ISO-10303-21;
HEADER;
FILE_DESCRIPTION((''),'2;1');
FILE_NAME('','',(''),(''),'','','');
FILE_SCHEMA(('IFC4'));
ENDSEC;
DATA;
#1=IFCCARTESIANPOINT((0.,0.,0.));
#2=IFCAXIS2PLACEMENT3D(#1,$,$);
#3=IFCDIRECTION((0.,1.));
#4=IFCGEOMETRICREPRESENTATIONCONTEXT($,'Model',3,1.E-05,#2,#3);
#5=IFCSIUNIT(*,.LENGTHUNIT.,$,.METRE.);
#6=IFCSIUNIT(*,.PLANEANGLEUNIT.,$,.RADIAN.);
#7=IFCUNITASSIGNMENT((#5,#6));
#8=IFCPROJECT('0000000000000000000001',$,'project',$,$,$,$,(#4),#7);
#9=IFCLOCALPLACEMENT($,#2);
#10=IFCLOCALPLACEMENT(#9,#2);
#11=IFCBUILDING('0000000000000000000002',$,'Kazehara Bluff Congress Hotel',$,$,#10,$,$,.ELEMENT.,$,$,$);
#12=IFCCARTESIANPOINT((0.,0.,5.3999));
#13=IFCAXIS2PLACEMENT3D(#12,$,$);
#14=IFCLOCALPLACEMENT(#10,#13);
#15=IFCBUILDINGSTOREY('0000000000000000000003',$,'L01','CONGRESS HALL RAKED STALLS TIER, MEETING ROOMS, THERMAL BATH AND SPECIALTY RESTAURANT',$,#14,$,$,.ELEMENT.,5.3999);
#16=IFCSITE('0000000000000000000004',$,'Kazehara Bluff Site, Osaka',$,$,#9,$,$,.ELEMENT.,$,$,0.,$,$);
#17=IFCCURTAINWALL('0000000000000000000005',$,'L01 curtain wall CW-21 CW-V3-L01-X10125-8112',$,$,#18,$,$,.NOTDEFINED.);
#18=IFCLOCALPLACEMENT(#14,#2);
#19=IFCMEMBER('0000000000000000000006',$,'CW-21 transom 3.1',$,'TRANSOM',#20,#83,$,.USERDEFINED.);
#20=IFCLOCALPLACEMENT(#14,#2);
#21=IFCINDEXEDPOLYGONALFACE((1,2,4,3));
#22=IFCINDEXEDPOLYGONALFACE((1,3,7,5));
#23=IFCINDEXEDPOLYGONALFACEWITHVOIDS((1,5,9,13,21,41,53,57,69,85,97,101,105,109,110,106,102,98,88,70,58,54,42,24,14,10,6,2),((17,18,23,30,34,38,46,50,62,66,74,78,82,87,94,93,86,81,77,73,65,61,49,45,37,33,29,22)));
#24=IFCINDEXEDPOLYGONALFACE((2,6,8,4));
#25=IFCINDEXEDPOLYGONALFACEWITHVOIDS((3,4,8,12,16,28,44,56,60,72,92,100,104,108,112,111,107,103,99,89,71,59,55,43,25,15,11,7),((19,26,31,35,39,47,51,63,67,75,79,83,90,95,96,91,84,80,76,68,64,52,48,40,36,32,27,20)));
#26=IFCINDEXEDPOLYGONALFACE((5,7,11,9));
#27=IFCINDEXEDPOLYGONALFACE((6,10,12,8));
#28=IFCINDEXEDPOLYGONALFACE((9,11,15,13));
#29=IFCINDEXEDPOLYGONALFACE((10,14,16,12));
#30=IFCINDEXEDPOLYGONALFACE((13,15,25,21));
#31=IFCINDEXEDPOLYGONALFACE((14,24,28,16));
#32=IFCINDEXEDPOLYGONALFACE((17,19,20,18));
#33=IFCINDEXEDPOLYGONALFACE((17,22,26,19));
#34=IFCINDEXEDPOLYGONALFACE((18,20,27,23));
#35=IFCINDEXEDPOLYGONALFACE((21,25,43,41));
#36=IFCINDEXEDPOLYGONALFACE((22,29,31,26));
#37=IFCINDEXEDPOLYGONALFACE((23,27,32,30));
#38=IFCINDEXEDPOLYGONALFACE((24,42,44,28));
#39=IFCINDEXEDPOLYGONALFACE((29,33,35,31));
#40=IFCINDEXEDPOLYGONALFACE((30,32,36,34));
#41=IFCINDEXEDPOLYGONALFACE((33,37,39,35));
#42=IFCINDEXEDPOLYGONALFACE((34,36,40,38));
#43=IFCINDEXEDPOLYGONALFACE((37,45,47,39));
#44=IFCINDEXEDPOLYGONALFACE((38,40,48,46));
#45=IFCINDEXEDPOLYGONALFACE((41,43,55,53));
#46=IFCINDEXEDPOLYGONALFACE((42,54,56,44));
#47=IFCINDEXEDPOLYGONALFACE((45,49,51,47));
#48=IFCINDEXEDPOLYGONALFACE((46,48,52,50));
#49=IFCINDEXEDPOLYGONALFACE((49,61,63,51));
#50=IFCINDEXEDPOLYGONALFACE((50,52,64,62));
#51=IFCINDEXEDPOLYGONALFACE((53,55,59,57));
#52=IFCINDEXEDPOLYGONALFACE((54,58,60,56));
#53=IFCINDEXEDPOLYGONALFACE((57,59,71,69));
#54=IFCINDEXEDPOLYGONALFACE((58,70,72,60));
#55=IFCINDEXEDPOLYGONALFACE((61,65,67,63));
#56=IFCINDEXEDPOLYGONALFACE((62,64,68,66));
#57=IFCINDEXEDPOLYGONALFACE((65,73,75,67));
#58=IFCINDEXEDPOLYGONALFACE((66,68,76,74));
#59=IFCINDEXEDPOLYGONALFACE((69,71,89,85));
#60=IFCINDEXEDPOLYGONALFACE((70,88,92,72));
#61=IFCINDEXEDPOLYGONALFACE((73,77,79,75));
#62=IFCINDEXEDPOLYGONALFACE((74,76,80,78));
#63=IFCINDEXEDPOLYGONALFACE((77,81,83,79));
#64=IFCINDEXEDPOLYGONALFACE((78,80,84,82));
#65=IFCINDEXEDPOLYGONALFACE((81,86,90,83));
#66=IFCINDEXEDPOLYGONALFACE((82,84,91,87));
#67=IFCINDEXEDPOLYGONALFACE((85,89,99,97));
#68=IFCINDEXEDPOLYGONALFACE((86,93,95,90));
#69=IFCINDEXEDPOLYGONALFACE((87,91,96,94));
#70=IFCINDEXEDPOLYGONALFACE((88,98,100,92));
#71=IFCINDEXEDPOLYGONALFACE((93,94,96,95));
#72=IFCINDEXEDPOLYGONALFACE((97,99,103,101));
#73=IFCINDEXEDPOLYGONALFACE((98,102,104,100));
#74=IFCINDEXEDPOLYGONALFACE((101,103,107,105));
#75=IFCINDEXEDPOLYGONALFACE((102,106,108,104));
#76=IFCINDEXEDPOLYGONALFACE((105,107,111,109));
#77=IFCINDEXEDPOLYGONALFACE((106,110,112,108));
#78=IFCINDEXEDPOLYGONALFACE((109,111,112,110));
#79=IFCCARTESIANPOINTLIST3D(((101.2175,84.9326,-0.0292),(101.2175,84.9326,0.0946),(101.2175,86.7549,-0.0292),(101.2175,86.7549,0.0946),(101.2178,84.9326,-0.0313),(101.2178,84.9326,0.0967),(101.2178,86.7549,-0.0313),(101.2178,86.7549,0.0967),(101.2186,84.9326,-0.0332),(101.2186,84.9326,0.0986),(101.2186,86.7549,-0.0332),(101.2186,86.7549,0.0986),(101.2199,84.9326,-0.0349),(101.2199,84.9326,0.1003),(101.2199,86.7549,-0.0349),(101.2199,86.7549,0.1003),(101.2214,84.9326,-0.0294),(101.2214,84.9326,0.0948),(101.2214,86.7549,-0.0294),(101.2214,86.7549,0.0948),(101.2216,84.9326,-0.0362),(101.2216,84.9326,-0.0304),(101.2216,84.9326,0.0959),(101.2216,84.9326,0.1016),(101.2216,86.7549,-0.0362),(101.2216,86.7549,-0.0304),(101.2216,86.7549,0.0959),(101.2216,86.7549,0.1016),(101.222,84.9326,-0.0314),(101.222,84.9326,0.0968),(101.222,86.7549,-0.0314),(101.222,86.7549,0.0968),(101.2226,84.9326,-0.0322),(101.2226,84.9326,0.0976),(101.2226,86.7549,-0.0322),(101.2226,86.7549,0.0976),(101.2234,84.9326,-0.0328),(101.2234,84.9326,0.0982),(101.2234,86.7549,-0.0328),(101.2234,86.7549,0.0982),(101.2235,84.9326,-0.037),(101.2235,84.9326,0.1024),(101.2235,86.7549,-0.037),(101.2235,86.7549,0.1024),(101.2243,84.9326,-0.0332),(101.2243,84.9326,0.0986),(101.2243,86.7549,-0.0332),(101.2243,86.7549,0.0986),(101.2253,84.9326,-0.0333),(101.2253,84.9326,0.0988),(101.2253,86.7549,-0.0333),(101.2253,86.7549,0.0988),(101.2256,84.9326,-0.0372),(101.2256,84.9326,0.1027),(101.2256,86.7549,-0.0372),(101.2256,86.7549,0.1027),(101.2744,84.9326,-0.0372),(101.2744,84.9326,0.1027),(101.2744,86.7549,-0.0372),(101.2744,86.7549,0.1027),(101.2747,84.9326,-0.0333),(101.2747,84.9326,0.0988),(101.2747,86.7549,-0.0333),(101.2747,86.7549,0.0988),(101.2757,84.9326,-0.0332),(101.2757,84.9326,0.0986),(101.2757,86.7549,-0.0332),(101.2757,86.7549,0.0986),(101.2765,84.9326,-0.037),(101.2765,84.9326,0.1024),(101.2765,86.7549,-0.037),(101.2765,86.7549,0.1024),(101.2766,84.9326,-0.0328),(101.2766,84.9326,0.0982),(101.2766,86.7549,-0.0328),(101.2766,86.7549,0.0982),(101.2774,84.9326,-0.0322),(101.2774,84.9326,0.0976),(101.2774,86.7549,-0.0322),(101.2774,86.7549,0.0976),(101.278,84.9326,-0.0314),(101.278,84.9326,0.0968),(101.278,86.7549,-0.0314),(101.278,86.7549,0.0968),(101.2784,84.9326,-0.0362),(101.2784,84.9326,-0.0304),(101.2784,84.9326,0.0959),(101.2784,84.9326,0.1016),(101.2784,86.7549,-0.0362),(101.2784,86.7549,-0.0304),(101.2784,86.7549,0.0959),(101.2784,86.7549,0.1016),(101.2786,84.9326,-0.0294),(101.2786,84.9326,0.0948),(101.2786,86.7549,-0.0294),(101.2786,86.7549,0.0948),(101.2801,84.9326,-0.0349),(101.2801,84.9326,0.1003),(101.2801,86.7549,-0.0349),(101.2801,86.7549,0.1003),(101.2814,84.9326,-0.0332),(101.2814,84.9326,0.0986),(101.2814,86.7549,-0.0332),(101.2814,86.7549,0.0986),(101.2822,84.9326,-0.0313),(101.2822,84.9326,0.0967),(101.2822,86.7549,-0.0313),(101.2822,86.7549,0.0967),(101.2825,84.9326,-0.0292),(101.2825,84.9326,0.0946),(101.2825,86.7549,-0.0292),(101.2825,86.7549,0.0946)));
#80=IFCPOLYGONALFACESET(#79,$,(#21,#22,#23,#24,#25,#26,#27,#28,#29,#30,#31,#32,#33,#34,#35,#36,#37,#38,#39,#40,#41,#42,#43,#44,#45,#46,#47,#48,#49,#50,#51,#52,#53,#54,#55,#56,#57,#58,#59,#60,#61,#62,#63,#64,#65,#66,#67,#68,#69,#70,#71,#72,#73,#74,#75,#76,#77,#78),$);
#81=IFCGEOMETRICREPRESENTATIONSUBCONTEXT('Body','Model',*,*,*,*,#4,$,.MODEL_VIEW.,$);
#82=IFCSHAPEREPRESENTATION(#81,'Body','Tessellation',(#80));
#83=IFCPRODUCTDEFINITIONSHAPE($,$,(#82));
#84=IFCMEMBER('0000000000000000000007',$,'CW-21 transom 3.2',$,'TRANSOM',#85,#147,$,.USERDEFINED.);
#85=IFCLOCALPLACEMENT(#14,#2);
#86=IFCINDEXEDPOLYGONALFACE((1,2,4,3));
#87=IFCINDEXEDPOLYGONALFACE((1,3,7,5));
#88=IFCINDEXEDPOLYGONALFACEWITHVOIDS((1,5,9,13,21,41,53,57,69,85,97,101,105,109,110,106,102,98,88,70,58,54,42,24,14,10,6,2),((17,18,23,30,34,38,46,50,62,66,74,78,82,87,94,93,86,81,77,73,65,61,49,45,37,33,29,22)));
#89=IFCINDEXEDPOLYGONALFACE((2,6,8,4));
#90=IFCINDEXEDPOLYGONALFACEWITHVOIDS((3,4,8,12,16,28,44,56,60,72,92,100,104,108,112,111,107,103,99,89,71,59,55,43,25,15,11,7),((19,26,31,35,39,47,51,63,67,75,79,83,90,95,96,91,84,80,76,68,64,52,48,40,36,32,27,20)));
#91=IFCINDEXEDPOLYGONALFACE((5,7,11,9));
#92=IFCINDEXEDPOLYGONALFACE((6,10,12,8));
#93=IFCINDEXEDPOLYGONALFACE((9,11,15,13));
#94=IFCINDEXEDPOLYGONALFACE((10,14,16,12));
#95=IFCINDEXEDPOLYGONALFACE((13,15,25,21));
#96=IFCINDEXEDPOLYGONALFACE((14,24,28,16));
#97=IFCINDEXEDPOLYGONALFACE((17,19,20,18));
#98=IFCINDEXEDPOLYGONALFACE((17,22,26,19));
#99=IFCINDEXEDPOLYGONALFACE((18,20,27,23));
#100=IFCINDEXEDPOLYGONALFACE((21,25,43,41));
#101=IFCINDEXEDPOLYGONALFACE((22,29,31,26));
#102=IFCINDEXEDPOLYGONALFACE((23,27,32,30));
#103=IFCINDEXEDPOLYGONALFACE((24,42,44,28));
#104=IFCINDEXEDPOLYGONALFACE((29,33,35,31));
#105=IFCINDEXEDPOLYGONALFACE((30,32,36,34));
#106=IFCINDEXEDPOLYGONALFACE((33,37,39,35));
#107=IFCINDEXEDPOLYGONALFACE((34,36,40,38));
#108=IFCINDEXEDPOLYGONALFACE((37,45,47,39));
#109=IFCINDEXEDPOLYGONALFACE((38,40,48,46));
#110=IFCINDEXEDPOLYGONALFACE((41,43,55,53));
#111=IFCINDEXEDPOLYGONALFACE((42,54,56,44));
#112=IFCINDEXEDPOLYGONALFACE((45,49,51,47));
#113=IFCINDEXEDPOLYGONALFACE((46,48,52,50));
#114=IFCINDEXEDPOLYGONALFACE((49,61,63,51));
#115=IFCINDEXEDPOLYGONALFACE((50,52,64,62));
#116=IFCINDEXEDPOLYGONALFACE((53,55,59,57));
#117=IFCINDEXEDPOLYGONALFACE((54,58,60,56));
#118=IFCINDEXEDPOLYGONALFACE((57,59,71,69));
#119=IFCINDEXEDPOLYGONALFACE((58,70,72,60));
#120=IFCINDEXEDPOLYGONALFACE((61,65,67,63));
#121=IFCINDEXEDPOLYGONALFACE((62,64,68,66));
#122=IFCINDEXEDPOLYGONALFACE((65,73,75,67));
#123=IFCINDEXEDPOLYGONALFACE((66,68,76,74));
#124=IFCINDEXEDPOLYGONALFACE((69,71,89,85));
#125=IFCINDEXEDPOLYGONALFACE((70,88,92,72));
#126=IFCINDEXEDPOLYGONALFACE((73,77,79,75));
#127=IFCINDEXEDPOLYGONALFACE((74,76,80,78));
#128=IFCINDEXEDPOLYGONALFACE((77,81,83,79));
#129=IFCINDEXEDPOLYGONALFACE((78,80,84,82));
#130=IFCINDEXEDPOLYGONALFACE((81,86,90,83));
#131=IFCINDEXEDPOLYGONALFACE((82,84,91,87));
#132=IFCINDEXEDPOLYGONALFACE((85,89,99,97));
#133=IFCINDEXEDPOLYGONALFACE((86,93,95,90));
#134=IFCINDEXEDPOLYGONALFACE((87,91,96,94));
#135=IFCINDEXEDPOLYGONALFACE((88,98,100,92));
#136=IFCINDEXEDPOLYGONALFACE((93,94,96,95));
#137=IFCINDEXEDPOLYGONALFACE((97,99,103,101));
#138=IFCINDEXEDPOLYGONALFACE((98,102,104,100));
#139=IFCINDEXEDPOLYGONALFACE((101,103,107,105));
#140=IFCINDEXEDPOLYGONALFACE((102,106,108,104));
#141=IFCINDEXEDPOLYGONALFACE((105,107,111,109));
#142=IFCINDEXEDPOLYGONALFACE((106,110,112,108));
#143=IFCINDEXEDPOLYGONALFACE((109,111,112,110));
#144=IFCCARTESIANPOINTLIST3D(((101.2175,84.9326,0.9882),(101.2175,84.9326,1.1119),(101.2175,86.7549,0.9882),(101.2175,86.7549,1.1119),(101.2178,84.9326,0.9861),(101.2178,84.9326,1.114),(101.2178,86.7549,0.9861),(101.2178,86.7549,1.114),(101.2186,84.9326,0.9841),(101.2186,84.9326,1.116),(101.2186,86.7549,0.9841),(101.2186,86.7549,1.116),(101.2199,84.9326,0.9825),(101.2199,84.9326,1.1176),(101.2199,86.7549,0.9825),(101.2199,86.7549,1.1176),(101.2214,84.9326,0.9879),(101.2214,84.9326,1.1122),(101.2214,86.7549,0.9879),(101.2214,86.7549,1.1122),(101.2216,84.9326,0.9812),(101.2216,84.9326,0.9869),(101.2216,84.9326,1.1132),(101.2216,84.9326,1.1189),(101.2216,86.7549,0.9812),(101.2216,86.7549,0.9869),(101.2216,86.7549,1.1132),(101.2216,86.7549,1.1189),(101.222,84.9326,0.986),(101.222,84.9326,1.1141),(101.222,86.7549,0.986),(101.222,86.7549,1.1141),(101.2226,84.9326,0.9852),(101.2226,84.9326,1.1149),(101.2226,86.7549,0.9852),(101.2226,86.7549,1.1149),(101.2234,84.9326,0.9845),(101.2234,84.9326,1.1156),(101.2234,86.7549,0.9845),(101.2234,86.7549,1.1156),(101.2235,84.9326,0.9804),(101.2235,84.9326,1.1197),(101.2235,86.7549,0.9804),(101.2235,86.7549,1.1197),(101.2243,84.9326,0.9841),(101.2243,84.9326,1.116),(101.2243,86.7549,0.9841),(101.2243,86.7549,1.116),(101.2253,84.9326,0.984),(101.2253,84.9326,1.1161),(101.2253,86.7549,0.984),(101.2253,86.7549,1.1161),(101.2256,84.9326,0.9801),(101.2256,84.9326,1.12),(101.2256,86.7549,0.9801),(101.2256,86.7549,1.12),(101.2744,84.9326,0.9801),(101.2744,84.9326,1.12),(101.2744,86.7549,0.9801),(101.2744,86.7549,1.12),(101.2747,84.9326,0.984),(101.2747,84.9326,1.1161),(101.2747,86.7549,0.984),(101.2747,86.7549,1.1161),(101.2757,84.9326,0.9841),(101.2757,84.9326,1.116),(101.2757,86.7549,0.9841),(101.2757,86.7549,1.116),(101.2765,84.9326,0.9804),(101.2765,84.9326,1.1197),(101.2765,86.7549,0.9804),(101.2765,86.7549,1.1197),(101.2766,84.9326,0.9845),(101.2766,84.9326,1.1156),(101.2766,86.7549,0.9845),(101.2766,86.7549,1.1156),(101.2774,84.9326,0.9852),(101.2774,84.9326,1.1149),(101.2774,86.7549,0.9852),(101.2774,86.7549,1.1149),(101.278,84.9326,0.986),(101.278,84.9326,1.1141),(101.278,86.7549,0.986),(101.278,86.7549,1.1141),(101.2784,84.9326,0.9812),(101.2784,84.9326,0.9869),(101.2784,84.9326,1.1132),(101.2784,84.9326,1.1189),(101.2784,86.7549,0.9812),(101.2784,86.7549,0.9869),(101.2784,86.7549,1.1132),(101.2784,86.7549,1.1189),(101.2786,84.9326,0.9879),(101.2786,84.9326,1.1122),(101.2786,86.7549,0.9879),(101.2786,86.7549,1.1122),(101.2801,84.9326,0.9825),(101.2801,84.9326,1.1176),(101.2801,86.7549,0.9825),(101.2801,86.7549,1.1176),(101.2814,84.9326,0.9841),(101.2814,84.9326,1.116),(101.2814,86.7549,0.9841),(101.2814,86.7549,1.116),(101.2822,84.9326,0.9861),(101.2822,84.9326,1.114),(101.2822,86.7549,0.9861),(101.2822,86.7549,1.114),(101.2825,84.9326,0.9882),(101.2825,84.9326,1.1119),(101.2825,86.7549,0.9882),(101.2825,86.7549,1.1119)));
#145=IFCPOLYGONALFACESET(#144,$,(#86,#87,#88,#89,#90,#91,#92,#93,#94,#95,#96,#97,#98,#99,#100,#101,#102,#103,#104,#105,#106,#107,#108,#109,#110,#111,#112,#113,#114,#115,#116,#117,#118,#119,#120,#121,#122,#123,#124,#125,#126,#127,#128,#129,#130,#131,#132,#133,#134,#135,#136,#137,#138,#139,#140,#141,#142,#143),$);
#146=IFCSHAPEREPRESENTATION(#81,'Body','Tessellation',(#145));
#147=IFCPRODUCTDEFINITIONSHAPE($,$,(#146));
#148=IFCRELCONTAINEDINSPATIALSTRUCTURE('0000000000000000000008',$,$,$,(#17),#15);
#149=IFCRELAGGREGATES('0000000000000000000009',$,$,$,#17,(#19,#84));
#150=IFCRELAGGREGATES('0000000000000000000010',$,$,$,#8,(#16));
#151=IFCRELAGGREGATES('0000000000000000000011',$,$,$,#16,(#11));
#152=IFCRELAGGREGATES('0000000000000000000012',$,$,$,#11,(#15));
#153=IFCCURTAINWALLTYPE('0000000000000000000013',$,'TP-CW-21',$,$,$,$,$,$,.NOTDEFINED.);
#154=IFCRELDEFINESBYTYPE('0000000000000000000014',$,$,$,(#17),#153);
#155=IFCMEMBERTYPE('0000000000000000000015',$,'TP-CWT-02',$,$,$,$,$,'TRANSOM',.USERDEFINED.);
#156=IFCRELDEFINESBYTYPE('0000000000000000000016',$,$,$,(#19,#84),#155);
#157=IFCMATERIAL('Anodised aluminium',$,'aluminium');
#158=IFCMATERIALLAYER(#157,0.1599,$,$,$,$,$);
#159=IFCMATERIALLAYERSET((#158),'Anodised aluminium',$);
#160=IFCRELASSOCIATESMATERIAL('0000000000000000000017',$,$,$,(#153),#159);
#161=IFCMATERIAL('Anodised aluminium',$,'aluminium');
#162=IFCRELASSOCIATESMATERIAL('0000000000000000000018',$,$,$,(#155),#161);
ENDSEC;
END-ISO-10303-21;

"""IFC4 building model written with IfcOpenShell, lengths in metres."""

from ifc_helpers import new_model, si_unit, direction, frame, origin, origin_2d, place, context, subcontext, project, spatial, hollow_rectangle, extrude, material, layer, layer_set, material_profile, profile_set, type_object, element, aggregate, save


model = new_model("IFC4")

# Units and contexts
model_context = context("Model", 3, precision=1e-05, world=origin(), true_north=direction((0.0, 1.0)))
body_context = subcontext(model_context, "Body", "Model", "MODEL_VIEW")
ifc_project = project(units=[si_unit("LENGTHUNIT", "METRE"), si_unit("PLANEANGLEUNIT", "RADIAN")], contexts=[model_context])

# Site, building, storey
site_placement = place(None, origin())
site = spatial("IfcSite", under=ifc_project, at=site_placement, Name="Kazehara Bluff Site, Osaka", CompositionType="ELEMENT", RefElevation=0.0)
building_placement = place(site_placement, origin())
building = spatial("IfcBuilding", under=site, at=building_placement, Name="Kazehara Bluff Congress Hotel", CompositionType="ELEMENT")
storey_placement = place(building_placement, frame((0.0, 0.0, 5.3999)))
storey = spatial("IfcBuildingStorey", under=building, at=storey_placement, Name="L01", Description="CONGRESS HALL RAKED STALLS TIER, MEETING ROOMS, THERMAL BATH AND SPECIALTY RESTAURANT", CompositionType="ELEMENT", Elevation=5.3999)

# Curtain wall, members
ifc_material_1 = material(Name="Anodised aluminium", Category="aluminium")
ifc_layer_1 = layer(ifc_material_1, 0.1599)
ifc_layer_set_1 = layer_set([ifc_layer_1], Name="Anodised aluminium")
curtain_wall_type = type_object("IfcCurtainWallType", Name="TP-CW-21", PredefinedType="NOTDEFINED", material=ifc_layer_set_1)
curtain_wall_placement = place(storey_placement, origin())
curtain_wall = element("IfcCurtainWall", 1, at=curtain_wall_placement, inside=storey, type_object=curtain_wall_type, Name="L01 curtain wall CW-21 CW-V3-L01-X10125-8112", PredefinedType="NOTDEFINED")
ifc_material_2 = material(Name="Anodised aluminium", Category="aluminium")
ifc_material_profile_1 = material_profile(ifc_material_2, hollow_rectangle(XDim=0.0649, YDim=0.1399, WallThickness=0.0039, InnerFilletRadius=0.0039, OuterFilletRadius=0.0081, at=origin_2d()))
ifc_profile_set_1 = profile_set([ifc_material_profile_1], Name="Anodised aluminium")
member_type_1 = type_object("IfcMemberType", Name="TP-CWT-02", ElementType="TRANSOM", PredefinedType="USERDEFINED", material=ifc_profile_set_1)
member_1_placement = place(storey_placement, frame((101.25, 84.9326, 0.0327), z_axis=(0.0, 1.0, 0.0), x_axis=(-1.0, 0.0, 0.0)))
member_1 = element("IfcMember", 2, at=member_1_placement, type_object=member_type_1, Name="CW-21 transom 3.1", ObjectType="TRANSOM", PredefinedType="USERDEFINED", context=body_context, shape_type="SweptSolid", body=[
    extrude(hollow_rectangle(XDim=0.0649, YDim=0.1399, WallThickness=0.0039, InnerFilletRadius=0.0039, OuterFilletRadius=0.0081, at=origin_2d()), origin(), (0.0, 0.0, 1.0), 1.8223),
])
member_2_placement = place(storey_placement, frame((101.25, 84.9326, 1.05), z_axis=(0.0, 1.0, 0.0), x_axis=(-1.0, 0.0, 0.0)))
member_2 = element("IfcMember", 3, at=member_2_placement, type_object=member_type_1, Name="CW-21 transom 3.2", ObjectType="TRANSOM", PredefinedType="USERDEFINED", context=body_context, shape_type="SweptSolid", body=[
    extrude(hollow_rectangle(XDim=0.0649, YDim=0.1399, WallThickness=0.0039, InnerFilletRadius=0.0039, OuterFilletRadius=0.0081, at=origin_2d()), origin(), (0.0, 0.0, 1.0), 1.8223),
])

aggregate(curtain_wall, [member_1, member_2])

save(model, "model.ifc")
